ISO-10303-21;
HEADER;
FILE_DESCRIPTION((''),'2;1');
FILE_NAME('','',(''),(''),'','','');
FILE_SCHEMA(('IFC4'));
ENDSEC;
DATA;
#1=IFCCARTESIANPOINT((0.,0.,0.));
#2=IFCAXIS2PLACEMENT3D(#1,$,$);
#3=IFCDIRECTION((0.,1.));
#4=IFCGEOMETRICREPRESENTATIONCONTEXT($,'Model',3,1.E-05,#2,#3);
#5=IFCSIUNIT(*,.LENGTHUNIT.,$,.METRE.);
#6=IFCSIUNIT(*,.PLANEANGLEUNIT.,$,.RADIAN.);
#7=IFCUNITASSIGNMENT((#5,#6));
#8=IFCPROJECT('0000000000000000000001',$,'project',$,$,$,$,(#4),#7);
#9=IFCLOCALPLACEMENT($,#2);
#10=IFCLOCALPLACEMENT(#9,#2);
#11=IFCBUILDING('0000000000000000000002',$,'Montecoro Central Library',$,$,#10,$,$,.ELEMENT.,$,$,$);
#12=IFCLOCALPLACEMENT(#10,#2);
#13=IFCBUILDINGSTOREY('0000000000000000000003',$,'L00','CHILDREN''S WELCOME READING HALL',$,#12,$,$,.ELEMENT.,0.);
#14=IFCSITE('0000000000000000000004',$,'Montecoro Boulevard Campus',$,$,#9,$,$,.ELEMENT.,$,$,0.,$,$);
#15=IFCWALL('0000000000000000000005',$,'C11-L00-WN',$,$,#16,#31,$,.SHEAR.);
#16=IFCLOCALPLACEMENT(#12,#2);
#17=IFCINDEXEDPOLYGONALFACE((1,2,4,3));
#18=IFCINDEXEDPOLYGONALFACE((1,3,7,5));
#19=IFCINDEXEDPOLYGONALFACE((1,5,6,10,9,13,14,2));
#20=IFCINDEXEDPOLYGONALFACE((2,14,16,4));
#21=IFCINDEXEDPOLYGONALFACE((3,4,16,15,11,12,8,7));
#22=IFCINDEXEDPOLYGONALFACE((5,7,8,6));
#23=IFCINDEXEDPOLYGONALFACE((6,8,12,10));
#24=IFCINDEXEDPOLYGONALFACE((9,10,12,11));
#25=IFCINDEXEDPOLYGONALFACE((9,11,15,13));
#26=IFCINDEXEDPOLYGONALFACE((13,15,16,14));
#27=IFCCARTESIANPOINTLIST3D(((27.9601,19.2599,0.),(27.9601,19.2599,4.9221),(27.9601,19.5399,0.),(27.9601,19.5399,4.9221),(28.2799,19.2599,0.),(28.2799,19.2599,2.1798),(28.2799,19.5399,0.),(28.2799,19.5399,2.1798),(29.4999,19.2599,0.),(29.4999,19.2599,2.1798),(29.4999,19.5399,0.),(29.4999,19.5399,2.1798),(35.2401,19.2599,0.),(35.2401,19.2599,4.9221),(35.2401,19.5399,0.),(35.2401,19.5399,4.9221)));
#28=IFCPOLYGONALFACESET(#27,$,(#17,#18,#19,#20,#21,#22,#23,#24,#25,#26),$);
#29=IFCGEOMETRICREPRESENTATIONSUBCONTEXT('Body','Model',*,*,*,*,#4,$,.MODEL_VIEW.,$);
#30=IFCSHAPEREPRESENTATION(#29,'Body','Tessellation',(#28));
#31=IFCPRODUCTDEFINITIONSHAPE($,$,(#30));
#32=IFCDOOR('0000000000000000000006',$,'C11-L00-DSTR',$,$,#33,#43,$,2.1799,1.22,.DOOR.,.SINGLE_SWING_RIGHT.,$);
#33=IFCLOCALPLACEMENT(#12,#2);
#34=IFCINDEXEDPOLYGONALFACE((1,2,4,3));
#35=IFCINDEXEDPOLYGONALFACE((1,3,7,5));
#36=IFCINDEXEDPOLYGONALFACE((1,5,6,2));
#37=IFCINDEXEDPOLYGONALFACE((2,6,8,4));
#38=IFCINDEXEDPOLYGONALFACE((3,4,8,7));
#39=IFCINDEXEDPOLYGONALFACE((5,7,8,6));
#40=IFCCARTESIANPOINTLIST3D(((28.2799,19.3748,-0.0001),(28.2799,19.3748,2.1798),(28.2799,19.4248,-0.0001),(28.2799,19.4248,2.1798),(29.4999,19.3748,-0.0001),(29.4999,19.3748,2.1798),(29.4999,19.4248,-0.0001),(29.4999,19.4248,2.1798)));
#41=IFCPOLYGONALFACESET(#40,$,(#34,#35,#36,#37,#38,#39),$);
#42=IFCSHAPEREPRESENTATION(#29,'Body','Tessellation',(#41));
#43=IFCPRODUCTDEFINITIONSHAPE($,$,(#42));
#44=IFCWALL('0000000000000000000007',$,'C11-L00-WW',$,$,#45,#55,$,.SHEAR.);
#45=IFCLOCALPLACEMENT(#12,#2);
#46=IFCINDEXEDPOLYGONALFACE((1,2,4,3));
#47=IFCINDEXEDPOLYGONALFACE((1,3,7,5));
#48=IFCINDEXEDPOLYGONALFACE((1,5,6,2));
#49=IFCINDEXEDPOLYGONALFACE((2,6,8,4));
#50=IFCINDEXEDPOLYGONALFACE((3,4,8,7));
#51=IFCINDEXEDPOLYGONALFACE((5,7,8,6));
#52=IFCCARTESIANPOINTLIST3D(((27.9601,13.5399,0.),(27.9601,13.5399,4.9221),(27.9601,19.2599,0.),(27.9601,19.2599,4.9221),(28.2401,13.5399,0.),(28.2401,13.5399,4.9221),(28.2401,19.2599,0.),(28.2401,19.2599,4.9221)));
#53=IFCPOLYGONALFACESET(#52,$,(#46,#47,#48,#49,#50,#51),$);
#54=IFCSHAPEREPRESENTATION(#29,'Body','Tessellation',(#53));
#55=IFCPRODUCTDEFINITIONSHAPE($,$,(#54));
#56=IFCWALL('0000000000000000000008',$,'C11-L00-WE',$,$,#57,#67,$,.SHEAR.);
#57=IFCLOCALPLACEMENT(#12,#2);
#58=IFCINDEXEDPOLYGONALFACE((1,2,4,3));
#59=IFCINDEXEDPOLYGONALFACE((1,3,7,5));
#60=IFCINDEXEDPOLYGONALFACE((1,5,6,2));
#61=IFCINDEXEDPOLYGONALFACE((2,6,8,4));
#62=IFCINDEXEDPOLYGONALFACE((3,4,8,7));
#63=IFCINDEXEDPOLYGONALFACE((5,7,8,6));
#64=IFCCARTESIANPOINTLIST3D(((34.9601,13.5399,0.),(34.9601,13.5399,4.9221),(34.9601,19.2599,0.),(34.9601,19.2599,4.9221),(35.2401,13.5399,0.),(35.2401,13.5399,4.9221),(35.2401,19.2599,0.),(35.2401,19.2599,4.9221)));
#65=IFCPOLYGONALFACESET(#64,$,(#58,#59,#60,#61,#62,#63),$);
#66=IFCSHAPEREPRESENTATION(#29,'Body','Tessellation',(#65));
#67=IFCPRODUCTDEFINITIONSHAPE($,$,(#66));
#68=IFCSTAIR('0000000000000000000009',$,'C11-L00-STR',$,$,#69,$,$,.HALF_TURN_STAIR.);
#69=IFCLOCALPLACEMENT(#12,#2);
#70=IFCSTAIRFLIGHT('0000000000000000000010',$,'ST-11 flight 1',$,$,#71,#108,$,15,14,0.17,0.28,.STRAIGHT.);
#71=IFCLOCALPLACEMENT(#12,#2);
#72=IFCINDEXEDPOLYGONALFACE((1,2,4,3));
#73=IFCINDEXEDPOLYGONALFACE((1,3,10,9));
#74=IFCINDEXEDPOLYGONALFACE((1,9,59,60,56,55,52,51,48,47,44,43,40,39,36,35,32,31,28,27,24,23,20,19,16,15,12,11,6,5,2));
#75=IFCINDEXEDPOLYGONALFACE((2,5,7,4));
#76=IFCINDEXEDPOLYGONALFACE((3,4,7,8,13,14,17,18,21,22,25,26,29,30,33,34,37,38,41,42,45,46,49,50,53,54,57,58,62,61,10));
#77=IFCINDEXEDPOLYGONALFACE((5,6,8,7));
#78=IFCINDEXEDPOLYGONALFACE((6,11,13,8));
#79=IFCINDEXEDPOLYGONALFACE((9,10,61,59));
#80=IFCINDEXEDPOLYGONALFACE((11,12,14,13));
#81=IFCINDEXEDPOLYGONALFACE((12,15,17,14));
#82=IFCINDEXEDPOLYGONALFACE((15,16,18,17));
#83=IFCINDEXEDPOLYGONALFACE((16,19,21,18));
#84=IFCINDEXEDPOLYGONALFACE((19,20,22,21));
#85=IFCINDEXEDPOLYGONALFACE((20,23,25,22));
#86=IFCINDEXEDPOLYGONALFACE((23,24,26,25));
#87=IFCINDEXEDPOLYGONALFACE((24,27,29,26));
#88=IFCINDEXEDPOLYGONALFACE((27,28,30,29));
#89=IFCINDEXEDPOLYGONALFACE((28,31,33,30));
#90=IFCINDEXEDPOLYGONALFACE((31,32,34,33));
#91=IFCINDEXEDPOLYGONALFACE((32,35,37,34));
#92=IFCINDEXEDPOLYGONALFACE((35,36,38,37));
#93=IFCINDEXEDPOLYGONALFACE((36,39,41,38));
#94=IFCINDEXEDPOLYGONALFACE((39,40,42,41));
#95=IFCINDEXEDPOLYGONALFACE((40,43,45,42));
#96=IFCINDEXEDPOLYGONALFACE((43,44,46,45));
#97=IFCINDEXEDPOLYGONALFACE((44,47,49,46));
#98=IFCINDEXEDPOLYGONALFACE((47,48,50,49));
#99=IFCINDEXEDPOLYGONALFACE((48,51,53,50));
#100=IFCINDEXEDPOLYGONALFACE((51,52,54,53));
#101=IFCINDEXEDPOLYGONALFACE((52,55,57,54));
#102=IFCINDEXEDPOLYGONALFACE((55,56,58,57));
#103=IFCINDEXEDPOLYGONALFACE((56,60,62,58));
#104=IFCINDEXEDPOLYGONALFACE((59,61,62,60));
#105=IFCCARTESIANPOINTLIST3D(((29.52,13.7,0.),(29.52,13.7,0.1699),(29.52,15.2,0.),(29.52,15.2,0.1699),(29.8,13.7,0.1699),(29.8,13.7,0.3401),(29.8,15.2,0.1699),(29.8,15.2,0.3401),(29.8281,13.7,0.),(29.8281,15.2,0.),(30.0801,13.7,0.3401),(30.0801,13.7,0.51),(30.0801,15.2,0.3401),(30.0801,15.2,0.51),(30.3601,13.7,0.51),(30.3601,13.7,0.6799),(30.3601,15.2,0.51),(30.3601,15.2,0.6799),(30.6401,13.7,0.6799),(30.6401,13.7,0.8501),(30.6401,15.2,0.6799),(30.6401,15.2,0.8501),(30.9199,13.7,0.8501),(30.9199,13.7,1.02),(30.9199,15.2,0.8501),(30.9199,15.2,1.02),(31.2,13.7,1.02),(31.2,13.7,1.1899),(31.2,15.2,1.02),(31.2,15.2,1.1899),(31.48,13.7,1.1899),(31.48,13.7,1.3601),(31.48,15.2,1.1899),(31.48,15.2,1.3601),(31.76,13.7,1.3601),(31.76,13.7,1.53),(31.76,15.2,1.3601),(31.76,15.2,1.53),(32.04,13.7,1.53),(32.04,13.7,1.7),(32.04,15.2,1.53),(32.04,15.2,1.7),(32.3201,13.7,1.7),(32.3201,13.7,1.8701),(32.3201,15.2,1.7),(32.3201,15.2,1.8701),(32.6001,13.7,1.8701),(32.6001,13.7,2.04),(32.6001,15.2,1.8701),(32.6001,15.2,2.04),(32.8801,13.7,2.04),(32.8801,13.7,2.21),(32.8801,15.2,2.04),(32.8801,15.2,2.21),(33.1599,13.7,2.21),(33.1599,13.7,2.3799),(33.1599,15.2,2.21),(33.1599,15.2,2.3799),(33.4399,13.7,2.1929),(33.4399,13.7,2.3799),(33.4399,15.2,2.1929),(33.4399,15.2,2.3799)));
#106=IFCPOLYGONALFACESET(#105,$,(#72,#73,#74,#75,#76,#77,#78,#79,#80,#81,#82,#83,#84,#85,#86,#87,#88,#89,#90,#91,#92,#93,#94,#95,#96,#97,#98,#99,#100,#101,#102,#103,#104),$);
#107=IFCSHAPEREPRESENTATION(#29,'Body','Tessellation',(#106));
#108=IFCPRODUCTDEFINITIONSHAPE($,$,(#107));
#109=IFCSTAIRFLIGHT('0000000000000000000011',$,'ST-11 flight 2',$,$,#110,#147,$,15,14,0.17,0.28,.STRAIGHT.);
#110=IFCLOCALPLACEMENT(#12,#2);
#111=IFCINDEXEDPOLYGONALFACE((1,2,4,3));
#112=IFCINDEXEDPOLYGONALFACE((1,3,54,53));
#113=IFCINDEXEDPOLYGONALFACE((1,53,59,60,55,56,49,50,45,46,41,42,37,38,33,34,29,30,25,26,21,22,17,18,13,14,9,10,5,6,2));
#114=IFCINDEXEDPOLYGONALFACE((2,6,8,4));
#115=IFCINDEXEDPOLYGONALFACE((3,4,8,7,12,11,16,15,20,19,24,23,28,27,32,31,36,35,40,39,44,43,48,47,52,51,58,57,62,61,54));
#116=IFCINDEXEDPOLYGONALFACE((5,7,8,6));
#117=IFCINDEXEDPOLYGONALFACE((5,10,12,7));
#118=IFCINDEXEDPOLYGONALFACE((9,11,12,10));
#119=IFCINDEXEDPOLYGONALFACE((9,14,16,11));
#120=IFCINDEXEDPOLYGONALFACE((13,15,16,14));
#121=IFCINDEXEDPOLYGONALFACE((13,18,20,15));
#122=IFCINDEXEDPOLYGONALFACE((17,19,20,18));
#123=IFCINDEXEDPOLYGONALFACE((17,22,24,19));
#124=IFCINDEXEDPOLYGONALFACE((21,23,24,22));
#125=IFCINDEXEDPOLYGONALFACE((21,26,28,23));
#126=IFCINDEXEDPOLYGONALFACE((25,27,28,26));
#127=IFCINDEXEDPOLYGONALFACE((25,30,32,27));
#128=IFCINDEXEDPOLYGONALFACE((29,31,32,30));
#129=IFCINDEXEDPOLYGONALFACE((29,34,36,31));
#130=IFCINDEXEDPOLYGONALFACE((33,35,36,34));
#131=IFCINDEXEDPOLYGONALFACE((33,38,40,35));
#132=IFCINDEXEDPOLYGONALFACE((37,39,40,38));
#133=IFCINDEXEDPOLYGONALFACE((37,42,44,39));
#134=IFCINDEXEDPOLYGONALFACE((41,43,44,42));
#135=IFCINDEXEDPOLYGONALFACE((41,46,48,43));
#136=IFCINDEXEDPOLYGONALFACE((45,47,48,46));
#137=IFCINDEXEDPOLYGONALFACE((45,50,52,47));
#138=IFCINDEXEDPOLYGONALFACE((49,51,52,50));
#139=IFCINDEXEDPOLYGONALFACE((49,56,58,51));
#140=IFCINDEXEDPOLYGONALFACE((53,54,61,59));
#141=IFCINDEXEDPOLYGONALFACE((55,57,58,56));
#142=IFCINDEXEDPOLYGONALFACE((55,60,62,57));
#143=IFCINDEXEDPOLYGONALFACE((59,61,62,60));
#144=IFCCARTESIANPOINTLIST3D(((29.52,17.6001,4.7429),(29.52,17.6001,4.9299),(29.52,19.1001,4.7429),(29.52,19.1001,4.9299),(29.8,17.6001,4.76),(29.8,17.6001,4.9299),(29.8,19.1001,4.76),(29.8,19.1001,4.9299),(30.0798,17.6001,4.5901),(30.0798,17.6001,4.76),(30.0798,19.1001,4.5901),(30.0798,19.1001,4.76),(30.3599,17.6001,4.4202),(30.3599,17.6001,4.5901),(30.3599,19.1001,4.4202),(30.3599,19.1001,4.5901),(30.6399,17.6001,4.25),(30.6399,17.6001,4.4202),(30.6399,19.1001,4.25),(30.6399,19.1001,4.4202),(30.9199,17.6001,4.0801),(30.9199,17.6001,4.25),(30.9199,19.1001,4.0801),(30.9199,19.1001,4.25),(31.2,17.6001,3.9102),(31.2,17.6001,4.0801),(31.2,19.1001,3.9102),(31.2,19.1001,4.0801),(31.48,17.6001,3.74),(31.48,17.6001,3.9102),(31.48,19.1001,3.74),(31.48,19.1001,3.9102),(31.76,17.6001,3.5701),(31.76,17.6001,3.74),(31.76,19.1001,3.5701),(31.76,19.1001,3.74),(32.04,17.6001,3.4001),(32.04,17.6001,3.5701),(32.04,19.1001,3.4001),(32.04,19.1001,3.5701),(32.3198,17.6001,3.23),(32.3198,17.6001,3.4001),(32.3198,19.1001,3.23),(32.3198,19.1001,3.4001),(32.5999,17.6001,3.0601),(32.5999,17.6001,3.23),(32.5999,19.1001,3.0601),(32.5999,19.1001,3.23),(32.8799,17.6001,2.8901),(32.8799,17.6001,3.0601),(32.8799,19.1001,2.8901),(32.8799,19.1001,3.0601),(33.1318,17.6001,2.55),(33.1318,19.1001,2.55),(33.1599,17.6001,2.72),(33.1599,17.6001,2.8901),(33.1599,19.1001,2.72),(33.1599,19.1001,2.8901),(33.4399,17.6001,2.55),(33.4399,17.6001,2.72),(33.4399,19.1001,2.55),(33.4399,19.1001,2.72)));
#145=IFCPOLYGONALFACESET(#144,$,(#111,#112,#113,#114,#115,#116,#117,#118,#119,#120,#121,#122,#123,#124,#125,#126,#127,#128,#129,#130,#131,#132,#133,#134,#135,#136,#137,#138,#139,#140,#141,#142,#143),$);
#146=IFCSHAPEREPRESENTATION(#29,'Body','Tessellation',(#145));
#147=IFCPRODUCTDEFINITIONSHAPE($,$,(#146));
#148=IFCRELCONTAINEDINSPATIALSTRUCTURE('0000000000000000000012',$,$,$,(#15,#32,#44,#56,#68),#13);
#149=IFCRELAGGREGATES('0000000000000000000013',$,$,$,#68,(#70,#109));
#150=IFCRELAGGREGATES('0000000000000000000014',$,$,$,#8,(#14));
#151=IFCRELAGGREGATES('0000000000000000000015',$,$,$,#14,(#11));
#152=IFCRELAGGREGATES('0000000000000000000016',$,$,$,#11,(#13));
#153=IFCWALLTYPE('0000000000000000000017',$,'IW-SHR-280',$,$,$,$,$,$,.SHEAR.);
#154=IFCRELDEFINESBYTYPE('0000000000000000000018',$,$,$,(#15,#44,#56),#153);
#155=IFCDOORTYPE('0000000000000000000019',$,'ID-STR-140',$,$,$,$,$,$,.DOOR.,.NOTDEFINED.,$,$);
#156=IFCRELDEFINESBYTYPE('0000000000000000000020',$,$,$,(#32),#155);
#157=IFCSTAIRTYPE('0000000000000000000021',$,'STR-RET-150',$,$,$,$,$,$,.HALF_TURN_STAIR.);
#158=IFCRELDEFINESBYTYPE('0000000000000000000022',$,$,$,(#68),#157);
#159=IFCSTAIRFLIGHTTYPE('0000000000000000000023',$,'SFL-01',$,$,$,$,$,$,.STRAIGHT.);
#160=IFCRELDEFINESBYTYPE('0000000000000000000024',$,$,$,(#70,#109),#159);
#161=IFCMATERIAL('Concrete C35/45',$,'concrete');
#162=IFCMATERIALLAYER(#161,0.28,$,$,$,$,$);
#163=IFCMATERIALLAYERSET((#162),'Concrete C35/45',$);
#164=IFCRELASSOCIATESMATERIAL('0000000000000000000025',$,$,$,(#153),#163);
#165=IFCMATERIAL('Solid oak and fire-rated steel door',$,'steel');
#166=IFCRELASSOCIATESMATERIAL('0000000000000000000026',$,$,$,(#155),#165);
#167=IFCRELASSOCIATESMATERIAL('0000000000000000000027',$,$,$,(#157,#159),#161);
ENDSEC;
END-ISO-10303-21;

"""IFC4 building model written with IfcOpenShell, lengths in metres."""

from ifc_helpers import new_model, si_unit, direction, frame, frame_2d, origin, place, context, subcontext, project, spatial, polyline, rectangle, outline, extrude, material, layer, layer_set, type_object, element, fill, aggregate, save


model = new_model("IFC4")

# Units and contexts
model_context = context("Model", 3, precision=1e-05, world=origin(), true_north=direction((0.0, 1.0)))
body_context = subcontext(model_context, "Body", "Model", "MODEL_VIEW")
ifc_project = project(units=[si_unit("LENGTHUNIT", "METRE"), si_unit("PLANEANGLEUNIT", "RADIAN")], contexts=[model_context])

# Site, building, storey
site_placement = place(None, origin())
site = spatial("IfcSite", under=ifc_project, at=site_placement, Name="Montecoro Boulevard Campus", CompositionType="ELEMENT", RefElevation=0.0)
building_placement = place(site_placement, origin())
building = spatial("IfcBuilding", under=site, at=building_placement, Name="Montecoro Central Library", CompositionType="ELEMENT")
storey_placement = place(building_placement, origin())
storey = spatial("IfcBuildingStorey", under=building, at=storey_placement, Name="L00", Description="CHILDREN'S WELCOME READING HALL", CompositionType="ELEMENT", Elevation=0.0)

# Shared definitions
ifc_material_1 = material(Name="Concrete C35/45", Category="concrete")

# Shared definitions
ifc_layer_1 = layer(ifc_material_1, 0.28)
ifc_layer_set_1 = layer_set([ifc_layer_1], Name="Concrete C35/45")
wall_type_1 = type_object("IfcWallType", Name="IW-SHR-280", PredefinedType="SHEAR", material=ifc_layer_set_1)

# Wall, opening, door
wall_1_placement = place(storey_placement, frame((27.96, 19.3999, 0.0), z_axis=(0.0, 0.0, 1.0), x_axis=(1.0, 0.0, 0.0)))
wall_1 = element("IfcWall", 1, at=wall_1_placement, inside=storey, type_object=wall_type_1, Name="C11-L00-WN", PredefinedType="SHEAR", context=body_context, shape_type="SweptSolid", body=[
    extrude(rectangle(XDim=7.28, YDim=0.28, at=frame_2d((3.6401, 0.0))), origin(), (0.0, 0.0, 1.0), 4.9221),
])
opening_placement = place(wall_1_placement, frame((0.3201, 0.0, 0.0)))
opening = element("IfcOpeningElement", 2, at=opening_placement, cuts=wall_1, PredefinedType="OPENING", context=body_context, shape_type="SweptSolid", body=[
    extrude(rectangle(XDim=1.22, YDim=2.1799, at=frame_2d((0.6099, 1.0898))), frame((0.0, 0.1499, 0.0), z_axis=(0.0, -1.0, 0.0), x_axis=(1.0, 0.0, 0.0)), (0.0, 0.0, 1.0), 0.3),
])
ifc_material_2 = material(Name="Solid oak and fire-rated steel door", Category="steel")
door_type = type_object("IfcDoorType", Name="ID-STR-140", OperationType="NOTDEFINED", PredefinedType="DOOR", material=ifc_material_2)
door_placement = place(opening_placement, origin())
door = element("IfcDoor", 3, at=door_placement, inside=storey, type_object=door_type, Name="C11-L00-DSTR", OperationType="SINGLE_SWING_RIGHT", OverallHeight=2.1799, OverallWidth=1.22, PredefinedType="DOOR", context=body_context, shape_type="SweptSolid", body=[
    extrude(rectangle(XDim=1.22, YDim=2.1799, at=frame_2d((0.6099, 1.0898))), frame((0.0, 0.0249, 0.0), z_axis=(0.0, -1.0, 0.0), x_axis=(1.0, 0.0, 0.0)), (0.0, 0.0, 1.0), 0.05),
])
fill(opening, door)

# Walls
for number, where, z_axis, x_axis, name in (
    (4, (28.1001, 13.54, 0.0), (0.0, 0.0, 1.0), (0.0, 1.0, 0.0), "C11-L00-WW"),
    (5, (35.1001, 13.54, 0.0), (0.0, 0.0, 1.0), (0.0, 1.0, 0.0), "C11-L00-WE"),
):
    element("IfcWall", number, at=place(storey_placement, frame(where, z_axis=z_axis, x_axis=x_axis)), inside=storey, type_object=wall_type_1, Name=name, PredefinedType="SHEAR", context=body_context, shape_type="SweptSolid", body=[
        extrude(rectangle(XDim=5.72, YDim=0.28, at=frame_2d((2.8599, 0.0))), origin(), (0.0, 0.0, 1.0), 4.9221),
    ])

# Stair, stair flights
stair_type = type_object("IfcStairType", Name="STR-RET-150", PredefinedType="HALF_TURN_STAIR", material=ifc_material_1)
stair_placement = place(storey_placement, origin())
stair = element("IfcStair", 6, at=stair_placement, inside=storey, type_object=stair_type, Name="C11-L00-STR", PredefinedType="HALF_TURN_STAIR")
stair_flight_type = type_object("IfcStairFlightType", Name="SFL-01", PredefinedType="STRAIGHT", material=ifc_material_1)
stair_flight_1_placement = place(storey_placement, frame((29.52, 14.45, 0.0), z_axis=(0.0, 0.0, 1.0), x_axis=(1.0, 0.0, 0.0)))
stair_flight_1 = element("IfcStairFlight", 7, at=stair_flight_1_placement, type_object=stair_flight_type, Name="ST-11 flight 1", NumberOfRisers=15, NumberOfTreads=14, PredefinedType="STRAIGHT", RiserHeight=0.17, TreadLength=0.28, context=body_context, shape_type="SweptSolid", body=[
    extrude(outline(polyline([(0.0, 0.0), (0.0, 0.1699), (0.28, 0.1699), (0.28, 0.3401), (0.5601, 0.3401), (0.5601, 0.51), (0.8401, 0.51), (0.8401, 0.6799), (1.1201, 0.6799), (1.1201, 0.8501), (1.3999, 0.8501), (1.3999, 1.02), (1.6799, 1.02), (1.6799, 1.1899), (1.96, 1.1899), (1.96, 1.3601), (2.24, 1.3601), (2.24, 1.53), (2.52, 1.53), (2.52, 1.7), (2.8, 1.7), (2.8, 1.8701), (3.0801, 1.8701), (3.0801, 2.04), (3.3601, 2.04), (3.3601, 2.21), (3.6399, 2.21), (3.6399, 2.3799), (3.9199, 2.3799), (3.9199, 2.55), (3.9199, 2.1929), (0.3081, 0.0), (0.0, 0.0)])), frame((0.0, 0.75, 0.0), z_axis=(0.0, -1.0, 0.0), x_axis=(1.0, 0.0, 0.0)), (0.0, 0.0, 1.0), 1.5),
])
stair_flight_2_placement = place(storey_placement, frame((33.4399, 18.3501, 2.55), z_axis=(0.0, 0.0, 1.0), x_axis=(-1.0, 0.0, 0.0)))
stair_flight_2 = element("IfcStairFlight", 8, at=stair_flight_2_placement, type_object=stair_flight_type, Name="ST-11 flight 2", NumberOfRisers=15, NumberOfTreads=14, PredefinedType="STRAIGHT", RiserHeight=0.17, TreadLength=0.28, context=body_context, shape_type="SweptSolid", body=[
    extrude(outline(polyline([(0.0, 0.0), (0.0, 0.1699), (0.28, 0.1699), (0.28, 0.3401), (0.5601, 0.3401), (0.5601, 0.51), (0.8401, 0.51), (0.8401, 0.6799), (1.1201, 0.6799), (1.1201, 0.8501), (1.3999, 0.8501), (1.3999, 1.02), (1.6799, 1.02), (1.6799, 1.1899), (1.96, 1.1899), (1.96, 1.3601), (2.24, 1.3601), (2.24, 1.53), (2.52, 1.53), (2.52, 1.7), (2.8, 1.7), (2.8, 1.8701), (3.0801, 1.8701), (3.0801, 2.04), (3.3601, 2.04), (3.3601, 2.21), (3.6399, 2.21), (3.6399, 2.3799), (3.9199, 2.3799), (3.9199, 2.55), (3.9199, 2.1929), (0.3081, 0.0), (0.0, 0.0)])), frame((0.0, 0.75, 0.0), z_axis=(0.0, -1.0, 0.0), x_axis=(1.0, 0.0, 0.0)), (0.0, 0.0, 1.0), 1.5),
])
aggregate(stair, [stair_flight_1, stair_flight_2])

save(model, "model.ifc")
